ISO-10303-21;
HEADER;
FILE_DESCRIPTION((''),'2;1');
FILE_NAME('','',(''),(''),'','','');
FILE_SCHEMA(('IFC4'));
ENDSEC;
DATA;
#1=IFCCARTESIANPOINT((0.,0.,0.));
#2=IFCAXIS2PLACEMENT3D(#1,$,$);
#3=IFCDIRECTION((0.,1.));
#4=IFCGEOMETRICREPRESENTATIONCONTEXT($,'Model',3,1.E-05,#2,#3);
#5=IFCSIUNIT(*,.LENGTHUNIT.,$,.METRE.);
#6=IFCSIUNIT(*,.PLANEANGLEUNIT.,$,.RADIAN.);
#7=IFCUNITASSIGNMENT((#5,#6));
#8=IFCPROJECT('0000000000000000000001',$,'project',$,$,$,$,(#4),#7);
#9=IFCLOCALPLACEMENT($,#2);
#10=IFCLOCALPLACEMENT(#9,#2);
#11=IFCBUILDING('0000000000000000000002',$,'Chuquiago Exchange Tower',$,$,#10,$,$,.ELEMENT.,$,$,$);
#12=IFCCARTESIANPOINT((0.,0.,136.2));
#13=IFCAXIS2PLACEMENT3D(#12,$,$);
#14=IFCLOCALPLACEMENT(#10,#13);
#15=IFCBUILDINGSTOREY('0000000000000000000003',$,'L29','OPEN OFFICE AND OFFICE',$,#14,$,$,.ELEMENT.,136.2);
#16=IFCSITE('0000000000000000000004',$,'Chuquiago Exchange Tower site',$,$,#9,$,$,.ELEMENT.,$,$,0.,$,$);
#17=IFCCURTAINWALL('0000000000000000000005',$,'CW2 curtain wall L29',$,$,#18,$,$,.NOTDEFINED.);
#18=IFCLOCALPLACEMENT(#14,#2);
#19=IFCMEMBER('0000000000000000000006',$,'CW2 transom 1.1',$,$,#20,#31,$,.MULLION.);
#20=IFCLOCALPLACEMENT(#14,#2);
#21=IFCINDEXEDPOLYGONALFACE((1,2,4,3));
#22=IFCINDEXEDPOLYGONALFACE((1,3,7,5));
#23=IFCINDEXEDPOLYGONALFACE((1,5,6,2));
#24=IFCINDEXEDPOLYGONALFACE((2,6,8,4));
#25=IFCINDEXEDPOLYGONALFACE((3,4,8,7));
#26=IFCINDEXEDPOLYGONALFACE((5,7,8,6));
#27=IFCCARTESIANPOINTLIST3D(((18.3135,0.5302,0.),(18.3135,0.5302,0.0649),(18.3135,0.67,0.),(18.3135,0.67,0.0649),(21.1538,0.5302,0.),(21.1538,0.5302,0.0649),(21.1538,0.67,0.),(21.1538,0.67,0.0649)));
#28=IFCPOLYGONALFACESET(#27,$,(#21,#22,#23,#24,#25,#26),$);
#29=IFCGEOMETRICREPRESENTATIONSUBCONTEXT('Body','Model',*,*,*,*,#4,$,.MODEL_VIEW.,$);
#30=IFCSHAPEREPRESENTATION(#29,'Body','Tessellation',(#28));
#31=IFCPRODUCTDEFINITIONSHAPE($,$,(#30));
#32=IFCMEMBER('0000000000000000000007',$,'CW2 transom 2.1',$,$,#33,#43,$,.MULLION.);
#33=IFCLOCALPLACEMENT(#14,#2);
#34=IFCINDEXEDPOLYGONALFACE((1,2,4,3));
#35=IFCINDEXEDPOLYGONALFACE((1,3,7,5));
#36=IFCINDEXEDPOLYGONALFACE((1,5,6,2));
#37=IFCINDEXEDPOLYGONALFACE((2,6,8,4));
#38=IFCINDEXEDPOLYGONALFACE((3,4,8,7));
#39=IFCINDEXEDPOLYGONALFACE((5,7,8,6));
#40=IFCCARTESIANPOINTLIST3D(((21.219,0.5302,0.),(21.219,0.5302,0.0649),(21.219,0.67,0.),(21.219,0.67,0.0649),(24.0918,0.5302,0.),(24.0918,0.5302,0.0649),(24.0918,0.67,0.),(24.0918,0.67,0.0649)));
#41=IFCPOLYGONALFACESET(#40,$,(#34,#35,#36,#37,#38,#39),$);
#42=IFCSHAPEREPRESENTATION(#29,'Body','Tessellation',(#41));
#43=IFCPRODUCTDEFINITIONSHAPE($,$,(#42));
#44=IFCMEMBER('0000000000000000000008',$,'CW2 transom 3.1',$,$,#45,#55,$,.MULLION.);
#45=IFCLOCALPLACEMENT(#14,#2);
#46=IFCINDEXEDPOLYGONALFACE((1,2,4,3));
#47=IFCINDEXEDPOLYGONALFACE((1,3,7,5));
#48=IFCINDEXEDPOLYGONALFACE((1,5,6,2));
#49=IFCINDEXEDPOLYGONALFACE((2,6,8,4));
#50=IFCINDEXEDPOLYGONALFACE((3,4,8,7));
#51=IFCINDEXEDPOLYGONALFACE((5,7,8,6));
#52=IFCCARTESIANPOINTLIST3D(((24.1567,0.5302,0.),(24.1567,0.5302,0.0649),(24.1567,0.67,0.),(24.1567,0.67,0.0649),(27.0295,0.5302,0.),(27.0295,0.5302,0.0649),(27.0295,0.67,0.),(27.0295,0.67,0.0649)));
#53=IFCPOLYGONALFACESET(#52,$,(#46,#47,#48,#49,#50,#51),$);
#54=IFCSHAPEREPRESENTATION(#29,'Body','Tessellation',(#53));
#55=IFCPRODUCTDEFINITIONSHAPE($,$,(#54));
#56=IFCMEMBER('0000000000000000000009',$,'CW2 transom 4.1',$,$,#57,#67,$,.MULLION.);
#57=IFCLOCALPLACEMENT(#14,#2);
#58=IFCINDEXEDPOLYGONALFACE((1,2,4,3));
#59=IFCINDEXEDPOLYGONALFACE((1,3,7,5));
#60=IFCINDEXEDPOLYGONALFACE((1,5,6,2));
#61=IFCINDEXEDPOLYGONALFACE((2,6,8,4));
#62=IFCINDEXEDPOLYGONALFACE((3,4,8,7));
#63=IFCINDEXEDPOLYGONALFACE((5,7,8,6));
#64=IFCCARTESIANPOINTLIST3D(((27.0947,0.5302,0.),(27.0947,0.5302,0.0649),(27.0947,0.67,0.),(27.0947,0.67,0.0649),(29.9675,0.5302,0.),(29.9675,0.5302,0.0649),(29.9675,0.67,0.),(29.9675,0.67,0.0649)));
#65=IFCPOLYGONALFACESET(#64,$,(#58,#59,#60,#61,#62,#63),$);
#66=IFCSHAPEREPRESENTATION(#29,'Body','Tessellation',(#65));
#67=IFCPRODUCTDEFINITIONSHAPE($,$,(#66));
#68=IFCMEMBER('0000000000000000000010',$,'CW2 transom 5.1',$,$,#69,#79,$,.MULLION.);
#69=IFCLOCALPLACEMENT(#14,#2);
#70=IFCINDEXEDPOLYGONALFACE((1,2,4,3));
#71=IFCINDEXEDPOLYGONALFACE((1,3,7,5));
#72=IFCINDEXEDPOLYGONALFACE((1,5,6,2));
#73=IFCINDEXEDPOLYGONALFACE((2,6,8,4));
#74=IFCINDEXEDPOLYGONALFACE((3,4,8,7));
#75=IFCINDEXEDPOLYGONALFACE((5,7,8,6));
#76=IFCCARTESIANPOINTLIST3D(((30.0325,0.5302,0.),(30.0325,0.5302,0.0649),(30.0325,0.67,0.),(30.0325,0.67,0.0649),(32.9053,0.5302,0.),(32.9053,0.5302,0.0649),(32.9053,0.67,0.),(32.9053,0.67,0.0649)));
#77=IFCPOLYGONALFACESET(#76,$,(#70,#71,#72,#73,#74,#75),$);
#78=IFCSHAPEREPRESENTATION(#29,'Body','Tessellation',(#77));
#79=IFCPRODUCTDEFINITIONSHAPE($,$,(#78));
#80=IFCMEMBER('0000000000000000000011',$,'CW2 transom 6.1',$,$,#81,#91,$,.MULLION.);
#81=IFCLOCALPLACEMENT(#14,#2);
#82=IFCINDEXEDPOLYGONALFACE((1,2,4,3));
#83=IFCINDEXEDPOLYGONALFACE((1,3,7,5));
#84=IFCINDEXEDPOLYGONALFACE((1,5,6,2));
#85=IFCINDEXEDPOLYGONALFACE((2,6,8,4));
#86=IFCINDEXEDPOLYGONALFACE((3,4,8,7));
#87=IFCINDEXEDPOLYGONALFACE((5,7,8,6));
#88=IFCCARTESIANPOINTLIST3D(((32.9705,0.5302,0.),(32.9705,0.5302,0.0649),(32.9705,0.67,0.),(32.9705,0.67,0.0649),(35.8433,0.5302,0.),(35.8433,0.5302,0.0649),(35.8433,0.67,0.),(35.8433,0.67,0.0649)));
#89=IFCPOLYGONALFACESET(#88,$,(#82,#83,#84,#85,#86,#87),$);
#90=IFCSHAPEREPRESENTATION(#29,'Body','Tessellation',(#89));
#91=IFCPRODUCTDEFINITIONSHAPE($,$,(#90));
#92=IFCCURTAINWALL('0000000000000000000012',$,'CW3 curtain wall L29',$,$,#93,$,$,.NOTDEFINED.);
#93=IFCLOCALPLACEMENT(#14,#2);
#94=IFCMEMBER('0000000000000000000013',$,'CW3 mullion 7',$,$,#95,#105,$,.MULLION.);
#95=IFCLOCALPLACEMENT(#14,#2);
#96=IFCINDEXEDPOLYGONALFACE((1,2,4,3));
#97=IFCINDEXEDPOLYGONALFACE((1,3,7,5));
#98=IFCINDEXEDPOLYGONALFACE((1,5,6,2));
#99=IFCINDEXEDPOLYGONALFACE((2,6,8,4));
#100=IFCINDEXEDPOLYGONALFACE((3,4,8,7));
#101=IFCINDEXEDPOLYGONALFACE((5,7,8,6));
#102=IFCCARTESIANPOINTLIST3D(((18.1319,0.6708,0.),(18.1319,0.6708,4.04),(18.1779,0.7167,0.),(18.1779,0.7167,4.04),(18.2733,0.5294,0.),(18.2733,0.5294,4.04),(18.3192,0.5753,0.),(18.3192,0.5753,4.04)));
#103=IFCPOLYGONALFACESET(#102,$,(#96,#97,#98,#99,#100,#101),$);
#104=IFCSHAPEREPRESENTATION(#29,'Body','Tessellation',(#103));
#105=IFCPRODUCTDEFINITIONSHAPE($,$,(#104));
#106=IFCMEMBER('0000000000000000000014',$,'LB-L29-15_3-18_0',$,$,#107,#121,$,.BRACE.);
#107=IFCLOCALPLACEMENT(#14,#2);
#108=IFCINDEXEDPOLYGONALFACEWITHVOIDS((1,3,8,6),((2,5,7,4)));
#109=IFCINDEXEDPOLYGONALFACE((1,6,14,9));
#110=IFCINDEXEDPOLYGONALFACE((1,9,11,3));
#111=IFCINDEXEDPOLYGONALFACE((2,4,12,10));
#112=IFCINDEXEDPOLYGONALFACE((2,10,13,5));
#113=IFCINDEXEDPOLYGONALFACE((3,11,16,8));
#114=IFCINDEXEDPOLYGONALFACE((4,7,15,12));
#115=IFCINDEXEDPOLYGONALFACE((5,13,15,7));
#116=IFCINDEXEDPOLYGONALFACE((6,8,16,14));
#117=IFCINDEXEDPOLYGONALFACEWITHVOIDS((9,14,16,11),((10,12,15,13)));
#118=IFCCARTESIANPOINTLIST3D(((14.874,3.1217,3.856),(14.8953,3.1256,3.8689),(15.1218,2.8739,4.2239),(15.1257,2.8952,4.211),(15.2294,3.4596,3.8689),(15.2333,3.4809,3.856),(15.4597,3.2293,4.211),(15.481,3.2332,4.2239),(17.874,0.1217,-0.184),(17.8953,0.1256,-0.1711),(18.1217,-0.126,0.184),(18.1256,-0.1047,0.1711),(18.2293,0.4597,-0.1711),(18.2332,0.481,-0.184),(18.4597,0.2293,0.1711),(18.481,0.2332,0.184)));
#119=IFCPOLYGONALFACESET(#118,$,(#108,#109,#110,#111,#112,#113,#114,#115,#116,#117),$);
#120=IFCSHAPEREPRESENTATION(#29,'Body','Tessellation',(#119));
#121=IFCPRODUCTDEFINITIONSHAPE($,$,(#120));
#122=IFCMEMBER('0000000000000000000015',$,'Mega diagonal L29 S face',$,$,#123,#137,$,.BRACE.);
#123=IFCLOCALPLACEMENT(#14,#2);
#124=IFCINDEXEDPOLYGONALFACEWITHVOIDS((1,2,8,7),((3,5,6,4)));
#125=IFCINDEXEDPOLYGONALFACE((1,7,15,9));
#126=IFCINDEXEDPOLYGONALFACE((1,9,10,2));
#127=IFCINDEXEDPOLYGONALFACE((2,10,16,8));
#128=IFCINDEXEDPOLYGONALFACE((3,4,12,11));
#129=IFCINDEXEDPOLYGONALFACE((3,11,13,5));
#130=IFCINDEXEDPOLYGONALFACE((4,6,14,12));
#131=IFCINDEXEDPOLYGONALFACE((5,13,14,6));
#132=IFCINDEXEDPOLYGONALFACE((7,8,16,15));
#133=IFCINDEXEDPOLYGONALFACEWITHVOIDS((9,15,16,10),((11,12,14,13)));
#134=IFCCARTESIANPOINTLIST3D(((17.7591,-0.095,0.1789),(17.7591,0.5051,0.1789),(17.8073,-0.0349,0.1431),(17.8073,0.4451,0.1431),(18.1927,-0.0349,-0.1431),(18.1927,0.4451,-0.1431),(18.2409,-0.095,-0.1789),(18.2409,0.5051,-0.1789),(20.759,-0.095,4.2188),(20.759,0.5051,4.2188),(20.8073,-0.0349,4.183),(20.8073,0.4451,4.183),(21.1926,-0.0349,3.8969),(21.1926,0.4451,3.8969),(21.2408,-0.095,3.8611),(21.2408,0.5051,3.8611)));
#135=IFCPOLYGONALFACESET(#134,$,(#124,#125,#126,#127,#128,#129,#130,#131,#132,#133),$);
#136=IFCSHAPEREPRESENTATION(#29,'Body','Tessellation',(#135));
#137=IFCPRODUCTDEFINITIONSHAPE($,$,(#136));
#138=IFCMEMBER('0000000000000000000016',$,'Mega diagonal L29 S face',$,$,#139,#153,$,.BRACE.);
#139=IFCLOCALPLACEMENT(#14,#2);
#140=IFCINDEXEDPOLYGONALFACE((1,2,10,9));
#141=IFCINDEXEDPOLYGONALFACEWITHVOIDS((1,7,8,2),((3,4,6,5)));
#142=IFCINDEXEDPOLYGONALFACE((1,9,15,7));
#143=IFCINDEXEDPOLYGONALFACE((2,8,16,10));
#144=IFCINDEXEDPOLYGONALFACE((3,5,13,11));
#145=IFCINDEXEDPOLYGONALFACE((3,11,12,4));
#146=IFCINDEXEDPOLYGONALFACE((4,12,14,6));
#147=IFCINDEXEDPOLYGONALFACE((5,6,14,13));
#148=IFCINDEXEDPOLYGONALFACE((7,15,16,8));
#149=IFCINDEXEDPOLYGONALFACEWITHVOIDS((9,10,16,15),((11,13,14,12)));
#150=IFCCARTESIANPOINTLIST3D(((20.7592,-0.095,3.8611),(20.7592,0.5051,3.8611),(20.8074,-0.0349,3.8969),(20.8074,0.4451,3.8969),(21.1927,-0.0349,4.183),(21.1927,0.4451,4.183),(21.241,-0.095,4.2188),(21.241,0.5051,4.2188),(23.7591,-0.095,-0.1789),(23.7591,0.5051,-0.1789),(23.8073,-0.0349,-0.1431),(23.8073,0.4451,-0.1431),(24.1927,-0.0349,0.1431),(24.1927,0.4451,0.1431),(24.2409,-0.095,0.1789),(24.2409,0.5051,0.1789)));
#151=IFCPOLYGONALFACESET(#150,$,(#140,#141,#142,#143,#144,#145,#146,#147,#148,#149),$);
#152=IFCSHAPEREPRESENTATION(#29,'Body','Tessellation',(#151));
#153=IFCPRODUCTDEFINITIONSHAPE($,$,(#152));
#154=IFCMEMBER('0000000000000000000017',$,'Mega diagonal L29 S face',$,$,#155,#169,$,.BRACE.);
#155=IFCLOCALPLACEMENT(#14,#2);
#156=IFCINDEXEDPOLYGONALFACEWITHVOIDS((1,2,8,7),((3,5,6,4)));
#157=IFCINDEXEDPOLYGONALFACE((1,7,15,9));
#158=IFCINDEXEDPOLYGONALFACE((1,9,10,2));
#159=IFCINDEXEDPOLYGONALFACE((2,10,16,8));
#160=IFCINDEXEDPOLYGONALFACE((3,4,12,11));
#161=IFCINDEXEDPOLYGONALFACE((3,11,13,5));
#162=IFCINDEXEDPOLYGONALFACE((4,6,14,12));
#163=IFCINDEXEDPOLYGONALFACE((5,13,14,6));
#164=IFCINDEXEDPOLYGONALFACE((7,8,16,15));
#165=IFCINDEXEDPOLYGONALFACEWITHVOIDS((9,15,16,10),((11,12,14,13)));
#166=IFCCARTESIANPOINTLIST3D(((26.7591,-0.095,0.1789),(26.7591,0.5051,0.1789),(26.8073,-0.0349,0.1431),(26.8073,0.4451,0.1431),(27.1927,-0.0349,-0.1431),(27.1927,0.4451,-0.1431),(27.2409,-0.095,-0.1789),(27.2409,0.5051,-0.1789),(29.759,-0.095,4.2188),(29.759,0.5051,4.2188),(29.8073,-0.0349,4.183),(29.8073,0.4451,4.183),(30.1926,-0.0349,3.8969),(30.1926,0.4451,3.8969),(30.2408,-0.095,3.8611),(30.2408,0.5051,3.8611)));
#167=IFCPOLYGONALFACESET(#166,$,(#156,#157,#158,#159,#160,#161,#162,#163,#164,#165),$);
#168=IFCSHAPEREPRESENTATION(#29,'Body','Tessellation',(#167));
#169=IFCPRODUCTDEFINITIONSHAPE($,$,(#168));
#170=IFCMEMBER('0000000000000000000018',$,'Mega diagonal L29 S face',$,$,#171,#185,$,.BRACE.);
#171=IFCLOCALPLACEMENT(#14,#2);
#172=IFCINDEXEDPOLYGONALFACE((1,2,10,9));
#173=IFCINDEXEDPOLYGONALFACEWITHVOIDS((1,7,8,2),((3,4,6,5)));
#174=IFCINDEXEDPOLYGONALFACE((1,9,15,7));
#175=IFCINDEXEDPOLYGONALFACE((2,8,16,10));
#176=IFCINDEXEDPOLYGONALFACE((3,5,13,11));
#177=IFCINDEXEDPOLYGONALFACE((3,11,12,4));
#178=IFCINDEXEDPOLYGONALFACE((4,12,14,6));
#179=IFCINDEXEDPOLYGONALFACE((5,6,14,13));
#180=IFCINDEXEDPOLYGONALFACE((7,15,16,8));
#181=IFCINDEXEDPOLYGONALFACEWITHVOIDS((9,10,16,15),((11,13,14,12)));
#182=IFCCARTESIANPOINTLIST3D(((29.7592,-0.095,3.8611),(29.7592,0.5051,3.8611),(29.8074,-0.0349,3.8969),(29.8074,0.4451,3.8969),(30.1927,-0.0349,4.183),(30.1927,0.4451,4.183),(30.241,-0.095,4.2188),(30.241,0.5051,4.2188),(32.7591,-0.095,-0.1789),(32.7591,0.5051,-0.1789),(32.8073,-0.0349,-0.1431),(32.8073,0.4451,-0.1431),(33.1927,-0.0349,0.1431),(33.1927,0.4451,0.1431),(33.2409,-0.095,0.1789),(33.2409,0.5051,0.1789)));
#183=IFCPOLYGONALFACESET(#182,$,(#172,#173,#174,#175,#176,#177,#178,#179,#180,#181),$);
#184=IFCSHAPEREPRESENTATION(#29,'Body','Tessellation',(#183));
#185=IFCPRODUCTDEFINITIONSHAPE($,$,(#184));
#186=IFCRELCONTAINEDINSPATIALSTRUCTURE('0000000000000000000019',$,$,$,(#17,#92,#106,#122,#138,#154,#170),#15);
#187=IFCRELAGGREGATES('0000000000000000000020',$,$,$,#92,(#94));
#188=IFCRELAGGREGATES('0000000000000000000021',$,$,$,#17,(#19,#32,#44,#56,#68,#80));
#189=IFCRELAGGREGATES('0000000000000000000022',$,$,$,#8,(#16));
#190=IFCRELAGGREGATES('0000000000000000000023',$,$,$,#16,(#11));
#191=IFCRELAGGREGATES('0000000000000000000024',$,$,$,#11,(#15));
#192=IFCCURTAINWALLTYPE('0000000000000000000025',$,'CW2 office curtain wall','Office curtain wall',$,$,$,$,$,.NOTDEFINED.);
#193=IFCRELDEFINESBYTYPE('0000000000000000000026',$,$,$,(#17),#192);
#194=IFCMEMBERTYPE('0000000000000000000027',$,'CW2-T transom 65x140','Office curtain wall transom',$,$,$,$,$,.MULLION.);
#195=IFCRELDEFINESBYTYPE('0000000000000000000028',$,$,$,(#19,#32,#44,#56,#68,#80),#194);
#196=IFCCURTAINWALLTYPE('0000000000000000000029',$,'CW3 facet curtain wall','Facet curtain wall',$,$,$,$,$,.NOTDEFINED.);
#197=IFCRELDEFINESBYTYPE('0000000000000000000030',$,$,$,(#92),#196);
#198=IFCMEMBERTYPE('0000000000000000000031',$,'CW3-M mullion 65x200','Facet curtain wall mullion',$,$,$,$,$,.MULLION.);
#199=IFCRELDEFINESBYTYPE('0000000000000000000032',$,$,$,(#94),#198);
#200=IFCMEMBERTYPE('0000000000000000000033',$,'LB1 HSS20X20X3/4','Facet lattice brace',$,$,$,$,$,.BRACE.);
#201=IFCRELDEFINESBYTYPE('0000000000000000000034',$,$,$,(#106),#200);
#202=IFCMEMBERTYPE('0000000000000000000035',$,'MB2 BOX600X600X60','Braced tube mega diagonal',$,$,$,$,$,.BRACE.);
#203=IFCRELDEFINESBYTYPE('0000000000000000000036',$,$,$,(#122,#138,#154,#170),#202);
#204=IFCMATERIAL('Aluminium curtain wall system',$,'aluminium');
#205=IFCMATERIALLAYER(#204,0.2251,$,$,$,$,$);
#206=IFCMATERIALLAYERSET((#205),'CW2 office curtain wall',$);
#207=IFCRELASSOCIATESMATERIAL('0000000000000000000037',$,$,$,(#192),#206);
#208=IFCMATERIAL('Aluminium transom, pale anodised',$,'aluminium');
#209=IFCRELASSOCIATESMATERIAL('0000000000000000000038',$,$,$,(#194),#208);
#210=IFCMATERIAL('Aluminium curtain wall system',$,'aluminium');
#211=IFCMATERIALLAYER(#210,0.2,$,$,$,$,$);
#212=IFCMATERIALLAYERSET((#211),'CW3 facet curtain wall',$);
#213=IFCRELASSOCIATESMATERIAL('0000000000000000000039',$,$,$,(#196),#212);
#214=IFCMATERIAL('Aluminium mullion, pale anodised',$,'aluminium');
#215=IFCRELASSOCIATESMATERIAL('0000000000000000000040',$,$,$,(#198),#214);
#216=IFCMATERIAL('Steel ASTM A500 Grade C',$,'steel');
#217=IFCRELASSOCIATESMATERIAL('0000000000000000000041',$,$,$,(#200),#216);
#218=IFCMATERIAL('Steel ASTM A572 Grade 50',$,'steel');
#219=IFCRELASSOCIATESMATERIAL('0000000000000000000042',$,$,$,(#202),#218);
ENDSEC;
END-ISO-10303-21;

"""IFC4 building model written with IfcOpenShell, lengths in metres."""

from ifc_helpers import new_model, si_unit, direction, frame, origin, origin_2d, place, context, subcontext, project, spatial, rectangle, hollow_rectangle, extrude, material, layer, layer_set, material_profile, profile_set, type_object, element, aggregate, save


model = new_model("IFC4")

# Units and contexts
model_context = context("Model", 3, precision=1e-05, world=origin(), true_north=direction((0.0, 1.0)))
body_context = subcontext(model_context, "Body", "Model", "MODEL_VIEW")
ifc_project = project(units=[si_unit("LENGTHUNIT", "METRE"), si_unit("PLANEANGLEUNIT", "RADIAN")], contexts=[model_context])

# Site, building, storey
site_placement = place(None, origin())
site = spatial("IfcSite", under=ifc_project, at=site_placement, Name="Chuquiago Exchange Tower site", CompositionType="ELEMENT", RefElevation=0.0)
building_placement = place(site_placement, origin())
building = spatial("IfcBuilding", under=site, at=building_placement, Name="Chuquiago Exchange Tower", CompositionType="ELEMENT")
storey_placement = place(building_placement, frame((0.0, 0.0, 136.2)))
storey = spatial("IfcBuildingStorey", under=building, at=storey_placement, Name="L29", Description="OPEN OFFICE AND OFFICE", CompositionType="ELEMENT", Elevation=136.2)

# Curtain wall, members
ifc_material_1 = material(Name="Aluminium curtain wall system", Category="aluminium")
ifc_layer_1 = layer(ifc_material_1, 0.2251)
ifc_layer_set_1 = layer_set([ifc_layer_1], Name="CW2 office curtain wall")
curtain_wall_type_1 = type_object("IfcCurtainWallType", Name="CW2 office curtain wall", Description="Office curtain wall", PredefinedType="NOTDEFINED", material=ifc_layer_set_1)
curtain_wall_1_placement = place(storey_placement, origin())
curtain_wall_1 = element("IfcCurtainWall", 1, at=curtain_wall_1_placement, inside=storey, type_object=curtain_wall_type_1, Name="CW2 curtain wall L29", PredefinedType="NOTDEFINED")
ifc_material_2 = material(Name="Aluminium transom, pale anodised", Category="aluminium")
ifc_material_profile_1 = material_profile(ifc_material_2, rectangle(XDim=0.1399, YDim=0.0649, at=origin_2d()), Name="AL 140x65")
ifc_profile_set_1 = profile_set([ifc_material_profile_1], Name="Aluminium transom, pale anodised")
member_type_1 = type_object("IfcMemberType", Name="CW2-T transom 65x140", Description="Office curtain wall transom", PredefinedType="MULLION", material=ifc_profile_set_1)
member_1_placement = place(storey_placement, frame((18.3135, 0.6001, 0.0325), z_axis=(1.0, 0.0, 0.0), x_axis=(0.0, 1.0, 0.0)))
member_1 = element("IfcMember", 2, at=member_1_placement, type_object=member_type_1, Name="CW2 transom 1.1", PredefinedType="MULLION", context=body_context, shape_type="SweptSolid", body=[
    extrude(rectangle(XDim=0.1399, YDim=0.0649, at=origin_2d()), origin(), (0.0, 0.0, 1.0), 2.8403),
])
member_2_placement = place(storey_placement, frame((21.219, 0.6001, 0.0325), z_axis=(1.0, 0.0, 0.0), x_axis=(0.0, 1.0, 0.0)))
member_2 = element("IfcMember", 3, at=member_2_placement, type_object=member_type_1, Name="CW2 transom 2.1", PredefinedType="MULLION", context=body_context, shape_type="SweptSolid", body=[
    extrude(rectangle(XDim=0.1399, YDim=0.0649, at=origin_2d()), origin(), (0.0, 0.0, 1.0), 2.8728),
])
member_3_placement = place(storey_placement, frame((24.1567, 0.6001, 0.0325), z_axis=(1.0, 0.0, 0.0), x_axis=(0.0, 1.0, 0.0)))
member_3 = element("IfcMember", 4, at=member_3_placement, type_object=member_type_1, Name="CW2 transom 3.1", PredefinedType="MULLION", context=body_context, shape_type="SweptSolid", body=[
    extrude(rectangle(XDim=0.1399, YDim=0.0649, at=origin_2d()), origin(), (0.0, 0.0, 1.0), 2.8728),
])
member_4_placement = place(storey_placement, frame((27.0947, 0.6001, 0.0325), z_axis=(1.0, 0.0, 0.0), x_axis=(0.0, 1.0, 0.0)))
member_4 = element("IfcMember", 5, at=member_4_placement, type_object=member_type_1, Name="CW2 transom 4.1", PredefinedType="MULLION", context=body_context, shape_type="SweptSolid", body=[
    extrude(rectangle(XDim=0.1399, YDim=0.0649, at=origin_2d()), origin(), (0.0, 0.0, 1.0), 2.8728),
])
member_5_placement = place(storey_placement, frame((30.0325, 0.6001, 0.0325), z_axis=(1.0, 0.0, 0.0), x_axis=(0.0, 1.0, 0.0)))
member_5 = element("IfcMember", 6, at=member_5_placement, type_object=member_type_1, Name="CW2 transom 5.1", PredefinedType="MULLION", context=body_context, shape_type="SweptSolid", body=[
    extrude(rectangle(XDim=0.1399, YDim=0.0649, at=origin_2d()), origin(), (0.0, 0.0, 1.0), 2.8728),
])
member_6_placement = place(storey_placement, frame((32.9705, 0.6001, 0.0325), z_axis=(1.0, 0.0, 0.0), x_axis=(0.0, 1.0, 0.0)))
member_6 = element("IfcMember", 7, at=member_6_placement, type_object=member_type_1, Name="CW2 transom 6.1", PredefinedType="MULLION", context=body_context, shape_type="SweptSolid", body=[
    extrude(rectangle(XDim=0.1399, YDim=0.0649, at=origin_2d()), origin(), (0.0, 0.0, 1.0), 2.8728),
])

# Curtain wall, member
ifc_material_3 = material(Name="Aluminium curtain wall system", Category="aluminium")
ifc_layer_2 = layer(ifc_material_3, 0.2)
ifc_layer_set_2 = layer_set([ifc_layer_2], Name="CW3 facet curtain wall")
curtain_wall_type_2 = type_object("IfcCurtainWallType", Name="CW3 facet curtain wall", Description="Facet curtain wall", PredefinedType="NOTDEFINED", material=ifc_layer_set_2)
curtain_wall_2_placement = place(storey_placement, origin())
curtain_wall_2 = element("IfcCurtainWall", 8, at=curtain_wall_2_placement, inside=storey, type_object=curtain_wall_type_2, Name="CW3 curtain wall L29", PredefinedType="NOTDEFINED")
ifc_material_4 = material(Name="Aluminium mullion, pale anodised", Category="aluminium")
ifc_material_profile_2 = material_profile(ifc_material_4, rectangle(XDim=0.0649, YDim=0.2, at=origin_2d()), Name="AL 65x200")
ifc_profile_set_2 = profile_set([ifc_material_profile_2], Name="Aluminium mullion, pale anodised")
member_type_2 = type_object("IfcMemberType", Name="CW3-M mullion 65x200", Description="Facet curtain wall mullion", PredefinedType="MULLION", material=ifc_profile_set_2)
member_7_placement = place(storey_placement, frame((18.2256, 0.623, 0.0), z_axis=(0.0, 0.0, 1.0), x_axis=(0.707107, 0.707107, 0.0)))
member_7 = element("IfcMember", 9, at=member_7_placement, type_object=member_type_2, Name="CW3 mullion 7", PredefinedType="MULLION", context=body_context, shape_type="SweptSolid", body=[
    extrude(rectangle(XDim=0.0649, YDim=0.2, at=origin_2d()), origin(), (0.0, 0.0, 1.0), 4.04),
])
aggregate(curtain_wall_2, [member_7])

# Members
ifc_material_5 = material(Name="Steel ASTM A500 Grade C", Category="steel")
ifc_material_profile_3 = material_profile(ifc_material_5, hollow_rectangle(XDim=0.5081, YDim=0.5081, WallThickness=0.0178, at=origin_2d()), Name="HSS20X20X3/4")
ifc_profile_set_3 = profile_set([ifc_material_profile_3], Name="Steel ASTM A500 Grade C")
member_type_3 = type_object("IfcMemberType", Name="LB1 HSS20X20X3/4", Description="Facet lattice brace", PredefinedType="BRACE", material=ifc_profile_set_3)
member_8_placement = place(storey_placement, frame((18.1775, 0.1775, 0.0), z_axis=(-0.512077, 0.512077, 0.689604), x_axis=(-0.707107, -0.707107, 0.0)))
element("IfcMember", 10, at=member_8_placement, inside=storey, type_object=member_type_3, Name="LB-L29-15_3-18_0", PredefinedType="BRACE", context=body_context, shape_type="SweptSolid", body=[
    extrude(hollow_rectangle(XDim=0.5081, YDim=0.5081, WallThickness=0.0178, at=origin_2d()), origin(), (0.0, 0.0, 1.0), 5.8584),
])
ifc_material_6 = material(Name="Steel ASTM A572 Grade 50", Category="steel")
ifc_material_profile_4 = material_profile(ifc_material_6, hollow_rectangle(XDim=0.6001, YDim=0.6001, WallThickness=0.0601, at=origin_2d()), Name="BOX600X600X60")
ifc_profile_set_4 = profile_set([ifc_material_profile_4], Name="Steel ASTM A572 Grade 50")
member_type_4 = type_object("IfcMemberType", Name="MB2 BOX600X600X60", Description="Braced tube mega diagonal", PredefinedType="BRACE", material=ifc_profile_set_4)
for number, where, z_axis, x_axis, name in (
    (11, (18.0, 0.2051, 0.0), (0.596174, 0.0, 0.802855), (0.0, 1.0, 0.0), "Mega diagonal L29 S face"),
    (12, (24.0, 0.2051, 0.0), (-0.596174, 0.0, 0.802855), (0.0, -1.0, 0.0), "Mega diagonal L29 S face"),
    (13, (27.0, 0.2051, 0.0), (0.596174, 0.0, 0.802855), (0.0, 1.0, 0.0), "Mega diagonal L29 S face"),
    (14, (33.0, 0.2051, 0.0), (-0.596174, 0.0, 0.802855), (0.0, -1.0, 0.0), "Mega diagonal L29 S face"),
):
    element("IfcMember", number, at=place(storey_placement, frame(where, z_axis=z_axis, x_axis=x_axis)), inside=storey, type_object=member_type_4, Name=name, PredefinedType="BRACE", context=body_context, shape_type="SweptSolid", body=[
        extrude(hollow_rectangle(XDim=0.6001, YDim=0.6001, WallThickness=0.0601, at=origin_2d()), origin(), (0.0, 0.0, 1.0), 5.032),
    ])

aggregate(curtain_wall_1, [member_1, member_2, member_3, member_4, member_5, member_6])

save(model, "model.ifc")
